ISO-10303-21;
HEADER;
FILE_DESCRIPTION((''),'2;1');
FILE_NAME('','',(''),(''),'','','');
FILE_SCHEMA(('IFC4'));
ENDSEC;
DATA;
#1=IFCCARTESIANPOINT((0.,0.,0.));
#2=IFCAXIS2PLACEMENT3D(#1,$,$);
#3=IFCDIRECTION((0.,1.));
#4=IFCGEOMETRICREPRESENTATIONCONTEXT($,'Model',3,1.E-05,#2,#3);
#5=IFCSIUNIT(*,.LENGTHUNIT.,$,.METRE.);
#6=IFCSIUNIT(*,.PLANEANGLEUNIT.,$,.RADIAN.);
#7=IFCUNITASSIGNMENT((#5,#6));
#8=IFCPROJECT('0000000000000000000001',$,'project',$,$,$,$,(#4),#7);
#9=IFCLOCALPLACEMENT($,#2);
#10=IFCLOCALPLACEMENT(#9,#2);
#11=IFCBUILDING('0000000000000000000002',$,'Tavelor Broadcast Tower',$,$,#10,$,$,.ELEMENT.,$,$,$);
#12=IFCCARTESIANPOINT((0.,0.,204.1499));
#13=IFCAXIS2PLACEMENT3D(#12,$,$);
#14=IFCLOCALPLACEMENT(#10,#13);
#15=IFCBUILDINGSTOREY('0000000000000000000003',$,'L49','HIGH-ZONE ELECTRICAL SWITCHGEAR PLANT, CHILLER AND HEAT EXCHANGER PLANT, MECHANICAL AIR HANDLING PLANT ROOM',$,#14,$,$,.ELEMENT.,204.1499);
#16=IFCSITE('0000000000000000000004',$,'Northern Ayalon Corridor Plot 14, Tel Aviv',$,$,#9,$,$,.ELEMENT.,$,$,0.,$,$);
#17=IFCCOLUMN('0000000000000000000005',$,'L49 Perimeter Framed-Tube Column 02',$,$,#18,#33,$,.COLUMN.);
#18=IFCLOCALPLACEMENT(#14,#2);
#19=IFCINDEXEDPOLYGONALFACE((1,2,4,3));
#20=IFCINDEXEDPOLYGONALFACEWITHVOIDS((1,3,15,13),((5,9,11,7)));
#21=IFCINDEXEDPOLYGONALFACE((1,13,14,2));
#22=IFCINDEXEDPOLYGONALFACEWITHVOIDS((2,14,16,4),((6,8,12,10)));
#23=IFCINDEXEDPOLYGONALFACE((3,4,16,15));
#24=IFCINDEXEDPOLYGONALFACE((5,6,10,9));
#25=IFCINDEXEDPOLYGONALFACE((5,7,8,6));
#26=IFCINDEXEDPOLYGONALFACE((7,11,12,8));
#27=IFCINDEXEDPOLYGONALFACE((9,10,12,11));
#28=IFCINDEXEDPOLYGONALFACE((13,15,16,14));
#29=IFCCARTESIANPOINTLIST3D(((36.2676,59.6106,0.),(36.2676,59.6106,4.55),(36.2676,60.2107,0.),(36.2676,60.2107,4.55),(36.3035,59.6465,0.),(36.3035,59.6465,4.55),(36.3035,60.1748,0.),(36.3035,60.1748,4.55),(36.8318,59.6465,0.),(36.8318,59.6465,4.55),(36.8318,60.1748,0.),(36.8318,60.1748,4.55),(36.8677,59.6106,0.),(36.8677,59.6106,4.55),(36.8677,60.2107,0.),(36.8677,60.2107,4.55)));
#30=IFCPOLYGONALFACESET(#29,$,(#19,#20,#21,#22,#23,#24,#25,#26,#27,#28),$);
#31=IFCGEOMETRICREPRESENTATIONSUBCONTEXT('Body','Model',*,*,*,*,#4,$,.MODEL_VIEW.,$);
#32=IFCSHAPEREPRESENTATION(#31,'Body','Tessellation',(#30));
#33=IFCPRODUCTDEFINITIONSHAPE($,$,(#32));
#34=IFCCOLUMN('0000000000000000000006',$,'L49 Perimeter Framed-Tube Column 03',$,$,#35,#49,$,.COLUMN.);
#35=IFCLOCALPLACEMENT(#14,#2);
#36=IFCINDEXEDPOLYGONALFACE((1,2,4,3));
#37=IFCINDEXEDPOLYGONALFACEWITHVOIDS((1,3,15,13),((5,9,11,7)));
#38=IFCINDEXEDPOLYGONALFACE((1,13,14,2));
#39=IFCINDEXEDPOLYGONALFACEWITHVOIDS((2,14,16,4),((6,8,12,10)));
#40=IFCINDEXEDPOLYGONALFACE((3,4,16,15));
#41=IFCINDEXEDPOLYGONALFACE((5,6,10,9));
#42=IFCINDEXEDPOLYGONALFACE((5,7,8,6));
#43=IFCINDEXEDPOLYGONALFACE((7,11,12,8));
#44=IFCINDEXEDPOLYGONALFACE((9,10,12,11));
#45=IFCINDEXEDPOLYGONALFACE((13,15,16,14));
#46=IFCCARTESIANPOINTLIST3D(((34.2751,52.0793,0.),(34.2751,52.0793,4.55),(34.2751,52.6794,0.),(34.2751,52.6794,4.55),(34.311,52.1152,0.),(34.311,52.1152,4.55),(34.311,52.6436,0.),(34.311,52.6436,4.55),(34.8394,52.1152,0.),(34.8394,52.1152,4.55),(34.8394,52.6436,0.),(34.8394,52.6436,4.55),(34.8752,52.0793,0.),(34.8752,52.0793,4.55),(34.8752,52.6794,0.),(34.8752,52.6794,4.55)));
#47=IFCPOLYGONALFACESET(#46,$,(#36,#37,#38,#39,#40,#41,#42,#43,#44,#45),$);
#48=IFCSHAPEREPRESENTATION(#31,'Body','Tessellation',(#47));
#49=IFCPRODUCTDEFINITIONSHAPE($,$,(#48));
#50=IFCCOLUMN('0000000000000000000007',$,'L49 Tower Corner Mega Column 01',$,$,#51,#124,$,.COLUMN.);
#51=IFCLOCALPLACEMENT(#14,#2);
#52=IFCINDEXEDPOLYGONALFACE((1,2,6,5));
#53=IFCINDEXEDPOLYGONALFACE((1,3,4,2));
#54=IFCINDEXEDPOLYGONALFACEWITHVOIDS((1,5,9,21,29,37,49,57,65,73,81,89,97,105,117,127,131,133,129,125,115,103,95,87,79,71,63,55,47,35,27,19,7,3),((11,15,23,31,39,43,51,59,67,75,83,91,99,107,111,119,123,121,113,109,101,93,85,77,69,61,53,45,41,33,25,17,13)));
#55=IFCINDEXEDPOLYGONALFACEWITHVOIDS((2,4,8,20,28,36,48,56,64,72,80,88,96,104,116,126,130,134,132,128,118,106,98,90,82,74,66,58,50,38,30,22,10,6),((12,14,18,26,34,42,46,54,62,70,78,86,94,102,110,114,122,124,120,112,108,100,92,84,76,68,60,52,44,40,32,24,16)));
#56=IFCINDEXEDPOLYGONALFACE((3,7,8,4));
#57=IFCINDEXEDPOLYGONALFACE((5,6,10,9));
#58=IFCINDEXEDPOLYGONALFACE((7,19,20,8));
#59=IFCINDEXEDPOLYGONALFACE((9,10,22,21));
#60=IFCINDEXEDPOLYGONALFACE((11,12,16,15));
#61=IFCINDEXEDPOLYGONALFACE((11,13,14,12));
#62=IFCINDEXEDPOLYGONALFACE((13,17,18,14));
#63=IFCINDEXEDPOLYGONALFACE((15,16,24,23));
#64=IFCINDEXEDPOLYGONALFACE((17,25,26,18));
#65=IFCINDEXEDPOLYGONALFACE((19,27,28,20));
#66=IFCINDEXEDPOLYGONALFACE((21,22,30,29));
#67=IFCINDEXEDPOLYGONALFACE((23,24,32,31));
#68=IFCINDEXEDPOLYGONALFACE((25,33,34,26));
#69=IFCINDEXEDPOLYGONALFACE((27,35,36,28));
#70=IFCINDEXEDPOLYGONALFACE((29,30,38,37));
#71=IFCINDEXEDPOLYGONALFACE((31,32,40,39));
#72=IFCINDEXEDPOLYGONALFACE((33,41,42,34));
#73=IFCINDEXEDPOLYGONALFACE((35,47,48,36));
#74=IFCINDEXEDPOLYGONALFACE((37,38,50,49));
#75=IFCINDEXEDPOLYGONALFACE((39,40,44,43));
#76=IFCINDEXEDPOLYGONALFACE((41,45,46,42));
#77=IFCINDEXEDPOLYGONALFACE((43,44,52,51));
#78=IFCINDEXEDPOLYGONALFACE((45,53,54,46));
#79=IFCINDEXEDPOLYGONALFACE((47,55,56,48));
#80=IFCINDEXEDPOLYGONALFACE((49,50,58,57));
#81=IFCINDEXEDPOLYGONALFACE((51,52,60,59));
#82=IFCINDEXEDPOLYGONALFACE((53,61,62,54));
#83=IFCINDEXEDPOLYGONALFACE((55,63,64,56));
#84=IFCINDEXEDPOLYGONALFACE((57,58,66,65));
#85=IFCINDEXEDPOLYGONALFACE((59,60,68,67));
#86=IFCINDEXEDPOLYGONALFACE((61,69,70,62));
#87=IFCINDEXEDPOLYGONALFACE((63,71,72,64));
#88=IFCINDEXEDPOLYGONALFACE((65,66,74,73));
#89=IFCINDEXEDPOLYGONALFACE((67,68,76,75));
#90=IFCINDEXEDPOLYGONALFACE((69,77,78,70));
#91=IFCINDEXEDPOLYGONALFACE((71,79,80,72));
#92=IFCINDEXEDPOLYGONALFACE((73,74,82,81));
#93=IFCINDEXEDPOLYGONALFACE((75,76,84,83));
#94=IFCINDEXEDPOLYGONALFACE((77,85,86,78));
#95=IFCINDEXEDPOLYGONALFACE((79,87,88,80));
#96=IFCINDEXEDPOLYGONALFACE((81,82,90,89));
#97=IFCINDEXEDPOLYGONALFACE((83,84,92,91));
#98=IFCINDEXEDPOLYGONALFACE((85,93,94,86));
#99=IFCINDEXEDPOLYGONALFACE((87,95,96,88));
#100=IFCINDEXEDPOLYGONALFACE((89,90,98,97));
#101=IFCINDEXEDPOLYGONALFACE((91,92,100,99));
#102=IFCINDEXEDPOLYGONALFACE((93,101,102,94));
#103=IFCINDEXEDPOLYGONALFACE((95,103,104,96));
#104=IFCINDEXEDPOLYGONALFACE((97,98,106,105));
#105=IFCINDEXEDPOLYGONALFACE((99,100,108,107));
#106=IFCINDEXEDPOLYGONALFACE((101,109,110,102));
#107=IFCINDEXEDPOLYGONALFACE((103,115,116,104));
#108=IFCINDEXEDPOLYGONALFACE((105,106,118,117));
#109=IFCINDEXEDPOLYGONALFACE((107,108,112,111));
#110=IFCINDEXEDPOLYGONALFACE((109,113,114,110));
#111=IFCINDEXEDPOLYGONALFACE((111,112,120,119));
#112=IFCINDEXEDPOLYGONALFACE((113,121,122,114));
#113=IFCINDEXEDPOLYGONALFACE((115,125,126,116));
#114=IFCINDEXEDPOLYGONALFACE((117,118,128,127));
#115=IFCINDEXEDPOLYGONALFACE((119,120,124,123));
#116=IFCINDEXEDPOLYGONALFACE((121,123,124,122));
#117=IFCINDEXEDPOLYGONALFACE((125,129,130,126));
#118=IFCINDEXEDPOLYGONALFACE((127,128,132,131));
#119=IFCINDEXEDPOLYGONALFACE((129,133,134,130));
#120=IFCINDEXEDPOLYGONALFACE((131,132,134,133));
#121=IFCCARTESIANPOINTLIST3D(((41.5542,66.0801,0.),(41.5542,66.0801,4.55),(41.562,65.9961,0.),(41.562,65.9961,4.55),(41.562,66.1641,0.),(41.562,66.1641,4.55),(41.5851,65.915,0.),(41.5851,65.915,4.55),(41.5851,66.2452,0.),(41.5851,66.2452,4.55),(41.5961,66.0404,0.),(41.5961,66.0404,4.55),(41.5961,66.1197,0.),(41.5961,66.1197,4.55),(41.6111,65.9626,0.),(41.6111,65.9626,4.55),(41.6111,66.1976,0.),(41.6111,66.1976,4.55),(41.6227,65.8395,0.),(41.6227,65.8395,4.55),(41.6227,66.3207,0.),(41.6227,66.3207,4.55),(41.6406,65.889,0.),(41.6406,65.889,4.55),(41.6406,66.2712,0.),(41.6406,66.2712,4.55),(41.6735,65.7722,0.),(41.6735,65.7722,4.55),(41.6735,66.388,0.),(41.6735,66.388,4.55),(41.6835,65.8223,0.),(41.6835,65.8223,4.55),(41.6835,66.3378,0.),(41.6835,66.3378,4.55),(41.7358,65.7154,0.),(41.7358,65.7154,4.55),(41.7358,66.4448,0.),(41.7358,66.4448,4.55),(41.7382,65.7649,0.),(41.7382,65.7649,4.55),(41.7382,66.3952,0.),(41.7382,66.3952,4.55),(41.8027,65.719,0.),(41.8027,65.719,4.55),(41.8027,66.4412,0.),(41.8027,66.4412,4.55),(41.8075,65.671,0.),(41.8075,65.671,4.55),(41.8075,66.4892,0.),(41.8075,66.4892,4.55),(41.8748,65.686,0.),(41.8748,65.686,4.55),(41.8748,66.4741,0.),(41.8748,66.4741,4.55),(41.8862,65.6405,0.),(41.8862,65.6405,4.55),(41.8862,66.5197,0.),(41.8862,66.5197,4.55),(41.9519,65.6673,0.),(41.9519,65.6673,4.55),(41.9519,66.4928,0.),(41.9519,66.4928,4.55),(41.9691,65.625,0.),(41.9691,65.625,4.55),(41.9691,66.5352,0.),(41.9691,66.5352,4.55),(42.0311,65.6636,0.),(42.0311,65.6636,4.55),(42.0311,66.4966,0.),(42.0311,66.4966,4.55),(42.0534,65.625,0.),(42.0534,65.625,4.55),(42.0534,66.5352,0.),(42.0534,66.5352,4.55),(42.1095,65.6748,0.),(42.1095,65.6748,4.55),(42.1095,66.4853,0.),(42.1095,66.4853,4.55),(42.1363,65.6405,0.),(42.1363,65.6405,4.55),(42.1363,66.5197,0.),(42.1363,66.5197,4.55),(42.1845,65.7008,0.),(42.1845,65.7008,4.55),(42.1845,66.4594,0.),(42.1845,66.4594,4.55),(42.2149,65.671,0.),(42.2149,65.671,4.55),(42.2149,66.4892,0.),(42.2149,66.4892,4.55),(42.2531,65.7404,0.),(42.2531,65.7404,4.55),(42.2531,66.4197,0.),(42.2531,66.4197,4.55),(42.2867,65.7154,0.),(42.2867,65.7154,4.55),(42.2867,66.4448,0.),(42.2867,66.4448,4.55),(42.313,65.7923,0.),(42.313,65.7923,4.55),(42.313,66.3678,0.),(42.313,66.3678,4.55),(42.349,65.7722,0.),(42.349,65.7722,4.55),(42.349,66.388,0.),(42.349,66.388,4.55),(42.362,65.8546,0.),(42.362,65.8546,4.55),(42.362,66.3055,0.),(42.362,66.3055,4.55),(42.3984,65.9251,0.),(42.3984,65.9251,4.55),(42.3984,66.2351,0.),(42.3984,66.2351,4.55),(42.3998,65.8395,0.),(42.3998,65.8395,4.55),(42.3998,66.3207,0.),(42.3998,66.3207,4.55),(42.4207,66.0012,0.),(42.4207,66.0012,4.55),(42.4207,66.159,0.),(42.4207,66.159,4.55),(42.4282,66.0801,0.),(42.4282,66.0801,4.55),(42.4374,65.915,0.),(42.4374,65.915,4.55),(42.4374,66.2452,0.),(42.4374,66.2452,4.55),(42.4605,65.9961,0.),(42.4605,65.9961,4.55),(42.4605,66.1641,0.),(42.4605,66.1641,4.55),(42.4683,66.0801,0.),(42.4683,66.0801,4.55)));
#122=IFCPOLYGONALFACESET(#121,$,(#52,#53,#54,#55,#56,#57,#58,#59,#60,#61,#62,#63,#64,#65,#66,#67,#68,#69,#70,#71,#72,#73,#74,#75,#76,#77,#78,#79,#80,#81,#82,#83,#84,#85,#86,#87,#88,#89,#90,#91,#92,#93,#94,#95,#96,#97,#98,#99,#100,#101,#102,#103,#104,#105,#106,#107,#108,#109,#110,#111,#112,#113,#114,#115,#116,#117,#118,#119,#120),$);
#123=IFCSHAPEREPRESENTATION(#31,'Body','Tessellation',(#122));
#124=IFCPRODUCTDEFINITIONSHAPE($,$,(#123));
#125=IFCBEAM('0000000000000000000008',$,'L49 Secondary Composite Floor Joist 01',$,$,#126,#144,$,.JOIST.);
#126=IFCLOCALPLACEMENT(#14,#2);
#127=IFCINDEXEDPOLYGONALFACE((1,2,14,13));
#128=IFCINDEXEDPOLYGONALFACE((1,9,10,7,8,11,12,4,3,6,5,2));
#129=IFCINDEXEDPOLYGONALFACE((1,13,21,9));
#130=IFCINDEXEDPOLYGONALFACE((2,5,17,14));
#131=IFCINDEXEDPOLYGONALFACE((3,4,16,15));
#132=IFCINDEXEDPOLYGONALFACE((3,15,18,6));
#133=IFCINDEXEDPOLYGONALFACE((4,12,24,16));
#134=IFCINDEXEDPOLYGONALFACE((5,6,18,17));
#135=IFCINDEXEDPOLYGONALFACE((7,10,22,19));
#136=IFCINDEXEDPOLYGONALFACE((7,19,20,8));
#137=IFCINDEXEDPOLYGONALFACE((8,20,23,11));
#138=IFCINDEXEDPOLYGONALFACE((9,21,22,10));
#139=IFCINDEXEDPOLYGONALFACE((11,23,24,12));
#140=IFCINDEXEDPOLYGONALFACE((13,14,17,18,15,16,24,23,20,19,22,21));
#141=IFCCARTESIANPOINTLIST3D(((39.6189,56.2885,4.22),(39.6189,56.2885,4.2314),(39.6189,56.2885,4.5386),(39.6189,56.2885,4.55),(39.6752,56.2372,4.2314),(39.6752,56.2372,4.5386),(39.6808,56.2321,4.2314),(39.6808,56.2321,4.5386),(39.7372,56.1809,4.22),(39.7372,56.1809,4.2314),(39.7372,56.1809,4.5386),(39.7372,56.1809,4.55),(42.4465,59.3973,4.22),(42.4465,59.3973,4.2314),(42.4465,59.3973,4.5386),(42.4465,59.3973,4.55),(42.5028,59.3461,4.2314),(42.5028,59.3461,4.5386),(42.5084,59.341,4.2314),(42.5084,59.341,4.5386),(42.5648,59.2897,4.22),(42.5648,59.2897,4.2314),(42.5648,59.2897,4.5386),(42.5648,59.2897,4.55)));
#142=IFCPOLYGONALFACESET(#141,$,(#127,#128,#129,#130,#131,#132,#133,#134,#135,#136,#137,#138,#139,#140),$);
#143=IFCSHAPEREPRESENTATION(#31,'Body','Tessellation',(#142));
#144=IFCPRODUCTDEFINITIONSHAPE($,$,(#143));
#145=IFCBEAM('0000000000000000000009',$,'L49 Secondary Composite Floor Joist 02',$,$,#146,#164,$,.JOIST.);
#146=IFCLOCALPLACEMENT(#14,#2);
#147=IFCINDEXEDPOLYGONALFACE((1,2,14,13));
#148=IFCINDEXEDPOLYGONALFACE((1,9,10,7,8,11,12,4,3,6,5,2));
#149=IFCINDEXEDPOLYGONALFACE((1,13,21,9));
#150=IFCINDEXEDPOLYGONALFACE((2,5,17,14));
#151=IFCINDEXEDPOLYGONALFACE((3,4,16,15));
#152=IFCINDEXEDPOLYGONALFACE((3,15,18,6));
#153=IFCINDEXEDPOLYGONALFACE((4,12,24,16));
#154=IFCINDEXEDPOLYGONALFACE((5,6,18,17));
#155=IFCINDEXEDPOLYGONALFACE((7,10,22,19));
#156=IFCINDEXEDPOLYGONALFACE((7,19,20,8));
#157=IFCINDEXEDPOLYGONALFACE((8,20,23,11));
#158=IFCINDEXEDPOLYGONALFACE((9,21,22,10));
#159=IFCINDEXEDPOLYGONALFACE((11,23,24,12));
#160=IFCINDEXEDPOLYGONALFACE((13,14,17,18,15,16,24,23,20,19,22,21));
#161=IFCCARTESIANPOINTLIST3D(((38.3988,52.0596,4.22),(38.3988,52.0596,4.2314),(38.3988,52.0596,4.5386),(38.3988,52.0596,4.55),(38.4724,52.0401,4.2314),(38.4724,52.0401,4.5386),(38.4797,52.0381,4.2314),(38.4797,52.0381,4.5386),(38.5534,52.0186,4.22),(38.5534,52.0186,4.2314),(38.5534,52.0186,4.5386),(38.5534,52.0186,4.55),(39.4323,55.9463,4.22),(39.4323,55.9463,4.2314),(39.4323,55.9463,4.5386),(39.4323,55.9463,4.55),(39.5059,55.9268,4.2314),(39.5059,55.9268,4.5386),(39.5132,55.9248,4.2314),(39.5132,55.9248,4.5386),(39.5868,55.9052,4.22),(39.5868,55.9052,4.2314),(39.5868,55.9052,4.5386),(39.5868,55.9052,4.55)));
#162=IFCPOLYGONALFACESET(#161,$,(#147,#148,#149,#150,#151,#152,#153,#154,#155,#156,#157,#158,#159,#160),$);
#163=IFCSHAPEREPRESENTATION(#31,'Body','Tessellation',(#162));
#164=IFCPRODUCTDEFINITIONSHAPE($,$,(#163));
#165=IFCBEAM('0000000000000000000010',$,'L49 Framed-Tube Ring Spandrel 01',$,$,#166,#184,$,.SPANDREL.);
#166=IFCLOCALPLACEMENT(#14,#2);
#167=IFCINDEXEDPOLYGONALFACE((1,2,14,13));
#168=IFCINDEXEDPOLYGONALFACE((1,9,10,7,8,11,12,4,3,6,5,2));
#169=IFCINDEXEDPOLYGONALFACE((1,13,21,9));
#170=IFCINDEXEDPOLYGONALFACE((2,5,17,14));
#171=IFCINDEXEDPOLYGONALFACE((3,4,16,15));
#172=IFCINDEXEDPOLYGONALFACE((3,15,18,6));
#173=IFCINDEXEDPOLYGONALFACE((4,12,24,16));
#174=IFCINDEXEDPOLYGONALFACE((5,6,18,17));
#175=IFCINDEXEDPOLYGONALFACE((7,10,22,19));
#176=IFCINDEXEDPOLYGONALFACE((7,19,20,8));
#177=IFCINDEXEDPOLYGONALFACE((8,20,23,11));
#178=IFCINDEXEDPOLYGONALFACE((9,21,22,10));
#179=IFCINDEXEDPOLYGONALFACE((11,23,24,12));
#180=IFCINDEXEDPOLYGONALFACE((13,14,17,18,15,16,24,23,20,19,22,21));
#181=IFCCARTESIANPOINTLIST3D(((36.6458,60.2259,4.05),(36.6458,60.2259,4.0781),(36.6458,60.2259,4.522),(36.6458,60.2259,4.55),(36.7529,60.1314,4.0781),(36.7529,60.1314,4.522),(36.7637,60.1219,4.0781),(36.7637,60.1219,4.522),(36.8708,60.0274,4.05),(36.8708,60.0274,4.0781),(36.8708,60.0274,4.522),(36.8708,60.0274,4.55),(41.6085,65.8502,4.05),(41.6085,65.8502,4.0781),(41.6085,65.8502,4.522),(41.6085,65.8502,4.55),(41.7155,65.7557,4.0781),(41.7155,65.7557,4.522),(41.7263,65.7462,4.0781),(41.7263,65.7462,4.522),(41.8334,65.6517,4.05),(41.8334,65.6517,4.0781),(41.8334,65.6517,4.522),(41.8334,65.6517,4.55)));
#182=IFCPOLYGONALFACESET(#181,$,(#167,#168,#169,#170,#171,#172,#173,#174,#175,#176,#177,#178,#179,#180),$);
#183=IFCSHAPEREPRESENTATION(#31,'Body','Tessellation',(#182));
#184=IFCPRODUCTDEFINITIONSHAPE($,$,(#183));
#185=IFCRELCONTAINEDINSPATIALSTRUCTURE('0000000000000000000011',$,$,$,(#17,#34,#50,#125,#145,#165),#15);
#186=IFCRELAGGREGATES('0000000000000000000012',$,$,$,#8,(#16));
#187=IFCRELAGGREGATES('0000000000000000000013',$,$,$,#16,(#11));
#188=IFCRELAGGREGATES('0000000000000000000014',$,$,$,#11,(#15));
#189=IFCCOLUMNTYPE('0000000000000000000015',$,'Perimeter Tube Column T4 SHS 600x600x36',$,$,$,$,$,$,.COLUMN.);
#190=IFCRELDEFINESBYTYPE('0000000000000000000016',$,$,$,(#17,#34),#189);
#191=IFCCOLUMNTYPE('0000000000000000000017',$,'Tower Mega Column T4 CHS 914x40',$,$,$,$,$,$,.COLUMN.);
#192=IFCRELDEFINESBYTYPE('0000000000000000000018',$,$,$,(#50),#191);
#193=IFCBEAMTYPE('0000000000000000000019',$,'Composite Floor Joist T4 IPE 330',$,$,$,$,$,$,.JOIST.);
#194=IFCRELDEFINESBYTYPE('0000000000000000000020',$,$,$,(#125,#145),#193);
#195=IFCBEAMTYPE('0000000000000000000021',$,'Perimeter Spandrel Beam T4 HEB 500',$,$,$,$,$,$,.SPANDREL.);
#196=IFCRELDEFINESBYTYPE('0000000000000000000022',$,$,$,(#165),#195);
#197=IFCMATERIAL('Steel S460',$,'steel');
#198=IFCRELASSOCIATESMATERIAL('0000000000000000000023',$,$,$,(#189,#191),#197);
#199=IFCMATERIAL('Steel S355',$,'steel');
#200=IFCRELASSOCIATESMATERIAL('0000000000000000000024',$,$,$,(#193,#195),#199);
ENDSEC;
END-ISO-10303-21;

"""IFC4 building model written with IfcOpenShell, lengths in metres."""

from ifc_helpers import new_model, si_unit, direction, frame, origin, origin_2d, place, context, subcontext, project, spatial, hollow_rectangle, hollow_circle, i_section, extrude, material, material_profile, profile_set, type_object, element, save


model = new_model("IFC4")

# Units and contexts
model_context = context("Model", 3, precision=1e-05, world=origin(), true_north=direction((0.0, 1.0)))
body_context = subcontext(model_context, "Body", "Model", "MODEL_VIEW")
ifc_project = project(units=[si_unit("LENGTHUNIT", "METRE"), si_unit("PLANEANGLEUNIT", "RADIAN")], contexts=[model_context])

# Site, building, storey
site_placement = place(None, origin())
site = spatial("IfcSite", under=ifc_project, at=site_placement, Name="Northern Ayalon Corridor Plot 14, Tel Aviv", CompositionType="ELEMENT", RefElevation=0.0)
building_placement = place(site_placement, origin())
building = spatial("IfcBuilding", under=site, at=building_placement, Name="Tavelor Broadcast Tower", CompositionType="ELEMENT")
storey_placement = place(building_placement, frame((0.0, 0.0, 204.1499)))
storey = spatial("IfcBuildingStorey", under=building, at=storey_placement, Name="L49", Description="HIGH-ZONE ELECTRICAL SWITCHGEAR PLANT, CHILLER AND HEAT EXCHANGER PLANT, MECHANICAL AIR HANDLING PLANT ROOM", CompositionType="ELEMENT", Elevation=204.1499)

# Columns
ifc_material_1 = material(Name="Steel S460", Category="steel")
ifc_material_profile_1 = material_profile(ifc_material_1, hollow_rectangle(XDim=0.6001, YDim=0.6001, WallThickness=0.0359, at=origin_2d()), Name="SHS 600x600x36")
ifc_profile_set_1 = profile_set([ifc_material_profile_1], Name="Steel S460")
column_type_1 = type_object("IfcColumnType", Name="Perimeter Tube Column T4 SHS 600x600x36", PredefinedType="COLUMN", material=ifc_profile_set_1)
for number, where, z_axis, x_axis, name in (
    (1, (36.5676, 59.9106, 0.0), (0.0, 0.0, 1.0), (1.0, 0.0, 0.0), "L49 Perimeter Framed-Tube Column 02"),
    (2, (34.5752, 52.3794, 0.0), (0.0, 0.0, 1.0), (1.0, 0.0, 0.0), "L49 Perimeter Framed-Tube Column 03"),
):
    element("IfcColumn", number, at=place(storey_placement, frame(where, z_axis=z_axis, x_axis=x_axis)), inside=storey, type_object=column_type_1, Name=name, PredefinedType="COLUMN", context=body_context, shape_type="SweptSolid", body=[
        extrude(hollow_rectangle(XDim=0.6001, YDim=0.6001, WallThickness=0.0359, at=origin_2d()), origin(), (0.0, 0.0, 1.0), 4.55),
    ])
ifc_material_profile_2 = material_profile(ifc_material_1, hollow_circle(Radius=0.457, WallThickness=0.04, at=origin_2d()), Name="CHS 914x40")
ifc_profile_set_2 = profile_set([ifc_material_profile_2], Name="Steel S460")
column_type_2 = type_object("IfcColumnType", Name="Tower Mega Column T4 CHS 914x40", PredefinedType="COLUMN", material=ifc_profile_set_2)
column_placement = place(storey_placement, frame((42.0112, 66.0801, 0.0), z_axis=(0.0, 0.0, 1.0), x_axis=(1.0, 0.0, 0.0)))
element("IfcColumn", 3, at=column_placement, inside=storey, type_object=column_type_2, Name="L49 Tower Corner Mega Column 01", PredefinedType="COLUMN", context=body_context, shape_type="SweptSolid", body=[
    extrude(hollow_circle(Radius=0.457, WallThickness=0.04, at=origin_2d()), origin(), (0.0, 0.0, 1.0), 4.55),
])

# Beams
ifc_material_2 = material(Name="Steel S355", Category="steel")
ifc_material_profile_3 = material_profile(ifc_material_2, i_section(OverallWidth=0.1599, OverallDepth=0.3301, WebThickness=0.0076, FlangeThickness=0.0115, at=origin_2d()), Name="IPE 330")
ifc_profile_set_3 = profile_set([ifc_material_profile_3], Name="Steel S355")
beam_type_1 = type_object("IfcBeamType", Name="Composite Floor Joist T4 IPE 330", PredefinedType="JOIST", material=ifc_profile_set_3)
beam_1_placement = place(storey_placement, frame((42.5056, 59.3435, 4.385), z_axis=(-0.672852, -0.739777, 0.0), x_axis=(0.739777, -0.672852, 0.0)))
element("IfcBeam", 4, at=beam_1_placement, inside=storey, type_object=beam_type_1, Name="L49 Secondary Composite Floor Joist 01", PredefinedType="JOIST", context=body_context, shape_type="SweptSolid", body=[
    extrude(i_section(OverallWidth=0.1599, OverallDepth=0.3301, WebThickness=0.0076, FlangeThickness=0.0115, at=origin_2d()), origin(), (0.0, 0.0, 1.0), 4.2024),
])
beam_2_placement = place(storey_placement, frame((39.5095, 55.9258, 4.385), z_axis=(-0.256964, -0.966421, 0.0), x_axis=(0.966421, -0.256964, 0.0)))
element("IfcBeam", 5, at=beam_2_placement, inside=storey, type_object=beam_type_1, Name="L49 Secondary Composite Floor Joist 02", PredefinedType="JOIST", context=body_context, shape_type="SweptSolid", body=[
    extrude(i_section(OverallWidth=0.1599, OverallDepth=0.3301, WebThickness=0.0076, FlangeThickness=0.0115, at=origin_2d()), origin(), (0.0, 0.0, 1.0), 4.0217),
])
ifc_material_profile_4 = material_profile(ifc_material_2, i_section(OverallWidth=0.3, OverallDepth=0.5, WebThickness=0.0144, FlangeThickness=0.0281, at=origin_2d()), Name="HEB 500")
ifc_profile_set_4 = profile_set([ifc_material_profile_4], Name="Steel S355")
beam_type_2 = type_object("IfcBeamType", Name="Perimeter Spandrel Beam T4 HEB 500", PredefinedType="SPANDREL", material=ifc_profile_set_4)
beam_3_placement = place(storey_placement, frame((41.7209, 65.751, 4.3), z_axis=(-0.661626, -0.749834, 0.0), x_axis=(0.749834, -0.661626, 0.0)))
element("IfcBeam", 6, at=beam_3_placement, inside=storey, type_object=beam_type_2, Name="L49 Framed-Tube Ring Spandrel 01", PredefinedType="SPANDREL", context=body_context, shape_type="SweptSolid", body=[
    extrude(i_section(OverallWidth=0.3, OverallDepth=0.5, WebThickness=0.0144, FlangeThickness=0.0281, at=origin_2d()), origin(), (0.0, 0.0, 1.0), 7.5007),
])

save(model, "model.ifc")
